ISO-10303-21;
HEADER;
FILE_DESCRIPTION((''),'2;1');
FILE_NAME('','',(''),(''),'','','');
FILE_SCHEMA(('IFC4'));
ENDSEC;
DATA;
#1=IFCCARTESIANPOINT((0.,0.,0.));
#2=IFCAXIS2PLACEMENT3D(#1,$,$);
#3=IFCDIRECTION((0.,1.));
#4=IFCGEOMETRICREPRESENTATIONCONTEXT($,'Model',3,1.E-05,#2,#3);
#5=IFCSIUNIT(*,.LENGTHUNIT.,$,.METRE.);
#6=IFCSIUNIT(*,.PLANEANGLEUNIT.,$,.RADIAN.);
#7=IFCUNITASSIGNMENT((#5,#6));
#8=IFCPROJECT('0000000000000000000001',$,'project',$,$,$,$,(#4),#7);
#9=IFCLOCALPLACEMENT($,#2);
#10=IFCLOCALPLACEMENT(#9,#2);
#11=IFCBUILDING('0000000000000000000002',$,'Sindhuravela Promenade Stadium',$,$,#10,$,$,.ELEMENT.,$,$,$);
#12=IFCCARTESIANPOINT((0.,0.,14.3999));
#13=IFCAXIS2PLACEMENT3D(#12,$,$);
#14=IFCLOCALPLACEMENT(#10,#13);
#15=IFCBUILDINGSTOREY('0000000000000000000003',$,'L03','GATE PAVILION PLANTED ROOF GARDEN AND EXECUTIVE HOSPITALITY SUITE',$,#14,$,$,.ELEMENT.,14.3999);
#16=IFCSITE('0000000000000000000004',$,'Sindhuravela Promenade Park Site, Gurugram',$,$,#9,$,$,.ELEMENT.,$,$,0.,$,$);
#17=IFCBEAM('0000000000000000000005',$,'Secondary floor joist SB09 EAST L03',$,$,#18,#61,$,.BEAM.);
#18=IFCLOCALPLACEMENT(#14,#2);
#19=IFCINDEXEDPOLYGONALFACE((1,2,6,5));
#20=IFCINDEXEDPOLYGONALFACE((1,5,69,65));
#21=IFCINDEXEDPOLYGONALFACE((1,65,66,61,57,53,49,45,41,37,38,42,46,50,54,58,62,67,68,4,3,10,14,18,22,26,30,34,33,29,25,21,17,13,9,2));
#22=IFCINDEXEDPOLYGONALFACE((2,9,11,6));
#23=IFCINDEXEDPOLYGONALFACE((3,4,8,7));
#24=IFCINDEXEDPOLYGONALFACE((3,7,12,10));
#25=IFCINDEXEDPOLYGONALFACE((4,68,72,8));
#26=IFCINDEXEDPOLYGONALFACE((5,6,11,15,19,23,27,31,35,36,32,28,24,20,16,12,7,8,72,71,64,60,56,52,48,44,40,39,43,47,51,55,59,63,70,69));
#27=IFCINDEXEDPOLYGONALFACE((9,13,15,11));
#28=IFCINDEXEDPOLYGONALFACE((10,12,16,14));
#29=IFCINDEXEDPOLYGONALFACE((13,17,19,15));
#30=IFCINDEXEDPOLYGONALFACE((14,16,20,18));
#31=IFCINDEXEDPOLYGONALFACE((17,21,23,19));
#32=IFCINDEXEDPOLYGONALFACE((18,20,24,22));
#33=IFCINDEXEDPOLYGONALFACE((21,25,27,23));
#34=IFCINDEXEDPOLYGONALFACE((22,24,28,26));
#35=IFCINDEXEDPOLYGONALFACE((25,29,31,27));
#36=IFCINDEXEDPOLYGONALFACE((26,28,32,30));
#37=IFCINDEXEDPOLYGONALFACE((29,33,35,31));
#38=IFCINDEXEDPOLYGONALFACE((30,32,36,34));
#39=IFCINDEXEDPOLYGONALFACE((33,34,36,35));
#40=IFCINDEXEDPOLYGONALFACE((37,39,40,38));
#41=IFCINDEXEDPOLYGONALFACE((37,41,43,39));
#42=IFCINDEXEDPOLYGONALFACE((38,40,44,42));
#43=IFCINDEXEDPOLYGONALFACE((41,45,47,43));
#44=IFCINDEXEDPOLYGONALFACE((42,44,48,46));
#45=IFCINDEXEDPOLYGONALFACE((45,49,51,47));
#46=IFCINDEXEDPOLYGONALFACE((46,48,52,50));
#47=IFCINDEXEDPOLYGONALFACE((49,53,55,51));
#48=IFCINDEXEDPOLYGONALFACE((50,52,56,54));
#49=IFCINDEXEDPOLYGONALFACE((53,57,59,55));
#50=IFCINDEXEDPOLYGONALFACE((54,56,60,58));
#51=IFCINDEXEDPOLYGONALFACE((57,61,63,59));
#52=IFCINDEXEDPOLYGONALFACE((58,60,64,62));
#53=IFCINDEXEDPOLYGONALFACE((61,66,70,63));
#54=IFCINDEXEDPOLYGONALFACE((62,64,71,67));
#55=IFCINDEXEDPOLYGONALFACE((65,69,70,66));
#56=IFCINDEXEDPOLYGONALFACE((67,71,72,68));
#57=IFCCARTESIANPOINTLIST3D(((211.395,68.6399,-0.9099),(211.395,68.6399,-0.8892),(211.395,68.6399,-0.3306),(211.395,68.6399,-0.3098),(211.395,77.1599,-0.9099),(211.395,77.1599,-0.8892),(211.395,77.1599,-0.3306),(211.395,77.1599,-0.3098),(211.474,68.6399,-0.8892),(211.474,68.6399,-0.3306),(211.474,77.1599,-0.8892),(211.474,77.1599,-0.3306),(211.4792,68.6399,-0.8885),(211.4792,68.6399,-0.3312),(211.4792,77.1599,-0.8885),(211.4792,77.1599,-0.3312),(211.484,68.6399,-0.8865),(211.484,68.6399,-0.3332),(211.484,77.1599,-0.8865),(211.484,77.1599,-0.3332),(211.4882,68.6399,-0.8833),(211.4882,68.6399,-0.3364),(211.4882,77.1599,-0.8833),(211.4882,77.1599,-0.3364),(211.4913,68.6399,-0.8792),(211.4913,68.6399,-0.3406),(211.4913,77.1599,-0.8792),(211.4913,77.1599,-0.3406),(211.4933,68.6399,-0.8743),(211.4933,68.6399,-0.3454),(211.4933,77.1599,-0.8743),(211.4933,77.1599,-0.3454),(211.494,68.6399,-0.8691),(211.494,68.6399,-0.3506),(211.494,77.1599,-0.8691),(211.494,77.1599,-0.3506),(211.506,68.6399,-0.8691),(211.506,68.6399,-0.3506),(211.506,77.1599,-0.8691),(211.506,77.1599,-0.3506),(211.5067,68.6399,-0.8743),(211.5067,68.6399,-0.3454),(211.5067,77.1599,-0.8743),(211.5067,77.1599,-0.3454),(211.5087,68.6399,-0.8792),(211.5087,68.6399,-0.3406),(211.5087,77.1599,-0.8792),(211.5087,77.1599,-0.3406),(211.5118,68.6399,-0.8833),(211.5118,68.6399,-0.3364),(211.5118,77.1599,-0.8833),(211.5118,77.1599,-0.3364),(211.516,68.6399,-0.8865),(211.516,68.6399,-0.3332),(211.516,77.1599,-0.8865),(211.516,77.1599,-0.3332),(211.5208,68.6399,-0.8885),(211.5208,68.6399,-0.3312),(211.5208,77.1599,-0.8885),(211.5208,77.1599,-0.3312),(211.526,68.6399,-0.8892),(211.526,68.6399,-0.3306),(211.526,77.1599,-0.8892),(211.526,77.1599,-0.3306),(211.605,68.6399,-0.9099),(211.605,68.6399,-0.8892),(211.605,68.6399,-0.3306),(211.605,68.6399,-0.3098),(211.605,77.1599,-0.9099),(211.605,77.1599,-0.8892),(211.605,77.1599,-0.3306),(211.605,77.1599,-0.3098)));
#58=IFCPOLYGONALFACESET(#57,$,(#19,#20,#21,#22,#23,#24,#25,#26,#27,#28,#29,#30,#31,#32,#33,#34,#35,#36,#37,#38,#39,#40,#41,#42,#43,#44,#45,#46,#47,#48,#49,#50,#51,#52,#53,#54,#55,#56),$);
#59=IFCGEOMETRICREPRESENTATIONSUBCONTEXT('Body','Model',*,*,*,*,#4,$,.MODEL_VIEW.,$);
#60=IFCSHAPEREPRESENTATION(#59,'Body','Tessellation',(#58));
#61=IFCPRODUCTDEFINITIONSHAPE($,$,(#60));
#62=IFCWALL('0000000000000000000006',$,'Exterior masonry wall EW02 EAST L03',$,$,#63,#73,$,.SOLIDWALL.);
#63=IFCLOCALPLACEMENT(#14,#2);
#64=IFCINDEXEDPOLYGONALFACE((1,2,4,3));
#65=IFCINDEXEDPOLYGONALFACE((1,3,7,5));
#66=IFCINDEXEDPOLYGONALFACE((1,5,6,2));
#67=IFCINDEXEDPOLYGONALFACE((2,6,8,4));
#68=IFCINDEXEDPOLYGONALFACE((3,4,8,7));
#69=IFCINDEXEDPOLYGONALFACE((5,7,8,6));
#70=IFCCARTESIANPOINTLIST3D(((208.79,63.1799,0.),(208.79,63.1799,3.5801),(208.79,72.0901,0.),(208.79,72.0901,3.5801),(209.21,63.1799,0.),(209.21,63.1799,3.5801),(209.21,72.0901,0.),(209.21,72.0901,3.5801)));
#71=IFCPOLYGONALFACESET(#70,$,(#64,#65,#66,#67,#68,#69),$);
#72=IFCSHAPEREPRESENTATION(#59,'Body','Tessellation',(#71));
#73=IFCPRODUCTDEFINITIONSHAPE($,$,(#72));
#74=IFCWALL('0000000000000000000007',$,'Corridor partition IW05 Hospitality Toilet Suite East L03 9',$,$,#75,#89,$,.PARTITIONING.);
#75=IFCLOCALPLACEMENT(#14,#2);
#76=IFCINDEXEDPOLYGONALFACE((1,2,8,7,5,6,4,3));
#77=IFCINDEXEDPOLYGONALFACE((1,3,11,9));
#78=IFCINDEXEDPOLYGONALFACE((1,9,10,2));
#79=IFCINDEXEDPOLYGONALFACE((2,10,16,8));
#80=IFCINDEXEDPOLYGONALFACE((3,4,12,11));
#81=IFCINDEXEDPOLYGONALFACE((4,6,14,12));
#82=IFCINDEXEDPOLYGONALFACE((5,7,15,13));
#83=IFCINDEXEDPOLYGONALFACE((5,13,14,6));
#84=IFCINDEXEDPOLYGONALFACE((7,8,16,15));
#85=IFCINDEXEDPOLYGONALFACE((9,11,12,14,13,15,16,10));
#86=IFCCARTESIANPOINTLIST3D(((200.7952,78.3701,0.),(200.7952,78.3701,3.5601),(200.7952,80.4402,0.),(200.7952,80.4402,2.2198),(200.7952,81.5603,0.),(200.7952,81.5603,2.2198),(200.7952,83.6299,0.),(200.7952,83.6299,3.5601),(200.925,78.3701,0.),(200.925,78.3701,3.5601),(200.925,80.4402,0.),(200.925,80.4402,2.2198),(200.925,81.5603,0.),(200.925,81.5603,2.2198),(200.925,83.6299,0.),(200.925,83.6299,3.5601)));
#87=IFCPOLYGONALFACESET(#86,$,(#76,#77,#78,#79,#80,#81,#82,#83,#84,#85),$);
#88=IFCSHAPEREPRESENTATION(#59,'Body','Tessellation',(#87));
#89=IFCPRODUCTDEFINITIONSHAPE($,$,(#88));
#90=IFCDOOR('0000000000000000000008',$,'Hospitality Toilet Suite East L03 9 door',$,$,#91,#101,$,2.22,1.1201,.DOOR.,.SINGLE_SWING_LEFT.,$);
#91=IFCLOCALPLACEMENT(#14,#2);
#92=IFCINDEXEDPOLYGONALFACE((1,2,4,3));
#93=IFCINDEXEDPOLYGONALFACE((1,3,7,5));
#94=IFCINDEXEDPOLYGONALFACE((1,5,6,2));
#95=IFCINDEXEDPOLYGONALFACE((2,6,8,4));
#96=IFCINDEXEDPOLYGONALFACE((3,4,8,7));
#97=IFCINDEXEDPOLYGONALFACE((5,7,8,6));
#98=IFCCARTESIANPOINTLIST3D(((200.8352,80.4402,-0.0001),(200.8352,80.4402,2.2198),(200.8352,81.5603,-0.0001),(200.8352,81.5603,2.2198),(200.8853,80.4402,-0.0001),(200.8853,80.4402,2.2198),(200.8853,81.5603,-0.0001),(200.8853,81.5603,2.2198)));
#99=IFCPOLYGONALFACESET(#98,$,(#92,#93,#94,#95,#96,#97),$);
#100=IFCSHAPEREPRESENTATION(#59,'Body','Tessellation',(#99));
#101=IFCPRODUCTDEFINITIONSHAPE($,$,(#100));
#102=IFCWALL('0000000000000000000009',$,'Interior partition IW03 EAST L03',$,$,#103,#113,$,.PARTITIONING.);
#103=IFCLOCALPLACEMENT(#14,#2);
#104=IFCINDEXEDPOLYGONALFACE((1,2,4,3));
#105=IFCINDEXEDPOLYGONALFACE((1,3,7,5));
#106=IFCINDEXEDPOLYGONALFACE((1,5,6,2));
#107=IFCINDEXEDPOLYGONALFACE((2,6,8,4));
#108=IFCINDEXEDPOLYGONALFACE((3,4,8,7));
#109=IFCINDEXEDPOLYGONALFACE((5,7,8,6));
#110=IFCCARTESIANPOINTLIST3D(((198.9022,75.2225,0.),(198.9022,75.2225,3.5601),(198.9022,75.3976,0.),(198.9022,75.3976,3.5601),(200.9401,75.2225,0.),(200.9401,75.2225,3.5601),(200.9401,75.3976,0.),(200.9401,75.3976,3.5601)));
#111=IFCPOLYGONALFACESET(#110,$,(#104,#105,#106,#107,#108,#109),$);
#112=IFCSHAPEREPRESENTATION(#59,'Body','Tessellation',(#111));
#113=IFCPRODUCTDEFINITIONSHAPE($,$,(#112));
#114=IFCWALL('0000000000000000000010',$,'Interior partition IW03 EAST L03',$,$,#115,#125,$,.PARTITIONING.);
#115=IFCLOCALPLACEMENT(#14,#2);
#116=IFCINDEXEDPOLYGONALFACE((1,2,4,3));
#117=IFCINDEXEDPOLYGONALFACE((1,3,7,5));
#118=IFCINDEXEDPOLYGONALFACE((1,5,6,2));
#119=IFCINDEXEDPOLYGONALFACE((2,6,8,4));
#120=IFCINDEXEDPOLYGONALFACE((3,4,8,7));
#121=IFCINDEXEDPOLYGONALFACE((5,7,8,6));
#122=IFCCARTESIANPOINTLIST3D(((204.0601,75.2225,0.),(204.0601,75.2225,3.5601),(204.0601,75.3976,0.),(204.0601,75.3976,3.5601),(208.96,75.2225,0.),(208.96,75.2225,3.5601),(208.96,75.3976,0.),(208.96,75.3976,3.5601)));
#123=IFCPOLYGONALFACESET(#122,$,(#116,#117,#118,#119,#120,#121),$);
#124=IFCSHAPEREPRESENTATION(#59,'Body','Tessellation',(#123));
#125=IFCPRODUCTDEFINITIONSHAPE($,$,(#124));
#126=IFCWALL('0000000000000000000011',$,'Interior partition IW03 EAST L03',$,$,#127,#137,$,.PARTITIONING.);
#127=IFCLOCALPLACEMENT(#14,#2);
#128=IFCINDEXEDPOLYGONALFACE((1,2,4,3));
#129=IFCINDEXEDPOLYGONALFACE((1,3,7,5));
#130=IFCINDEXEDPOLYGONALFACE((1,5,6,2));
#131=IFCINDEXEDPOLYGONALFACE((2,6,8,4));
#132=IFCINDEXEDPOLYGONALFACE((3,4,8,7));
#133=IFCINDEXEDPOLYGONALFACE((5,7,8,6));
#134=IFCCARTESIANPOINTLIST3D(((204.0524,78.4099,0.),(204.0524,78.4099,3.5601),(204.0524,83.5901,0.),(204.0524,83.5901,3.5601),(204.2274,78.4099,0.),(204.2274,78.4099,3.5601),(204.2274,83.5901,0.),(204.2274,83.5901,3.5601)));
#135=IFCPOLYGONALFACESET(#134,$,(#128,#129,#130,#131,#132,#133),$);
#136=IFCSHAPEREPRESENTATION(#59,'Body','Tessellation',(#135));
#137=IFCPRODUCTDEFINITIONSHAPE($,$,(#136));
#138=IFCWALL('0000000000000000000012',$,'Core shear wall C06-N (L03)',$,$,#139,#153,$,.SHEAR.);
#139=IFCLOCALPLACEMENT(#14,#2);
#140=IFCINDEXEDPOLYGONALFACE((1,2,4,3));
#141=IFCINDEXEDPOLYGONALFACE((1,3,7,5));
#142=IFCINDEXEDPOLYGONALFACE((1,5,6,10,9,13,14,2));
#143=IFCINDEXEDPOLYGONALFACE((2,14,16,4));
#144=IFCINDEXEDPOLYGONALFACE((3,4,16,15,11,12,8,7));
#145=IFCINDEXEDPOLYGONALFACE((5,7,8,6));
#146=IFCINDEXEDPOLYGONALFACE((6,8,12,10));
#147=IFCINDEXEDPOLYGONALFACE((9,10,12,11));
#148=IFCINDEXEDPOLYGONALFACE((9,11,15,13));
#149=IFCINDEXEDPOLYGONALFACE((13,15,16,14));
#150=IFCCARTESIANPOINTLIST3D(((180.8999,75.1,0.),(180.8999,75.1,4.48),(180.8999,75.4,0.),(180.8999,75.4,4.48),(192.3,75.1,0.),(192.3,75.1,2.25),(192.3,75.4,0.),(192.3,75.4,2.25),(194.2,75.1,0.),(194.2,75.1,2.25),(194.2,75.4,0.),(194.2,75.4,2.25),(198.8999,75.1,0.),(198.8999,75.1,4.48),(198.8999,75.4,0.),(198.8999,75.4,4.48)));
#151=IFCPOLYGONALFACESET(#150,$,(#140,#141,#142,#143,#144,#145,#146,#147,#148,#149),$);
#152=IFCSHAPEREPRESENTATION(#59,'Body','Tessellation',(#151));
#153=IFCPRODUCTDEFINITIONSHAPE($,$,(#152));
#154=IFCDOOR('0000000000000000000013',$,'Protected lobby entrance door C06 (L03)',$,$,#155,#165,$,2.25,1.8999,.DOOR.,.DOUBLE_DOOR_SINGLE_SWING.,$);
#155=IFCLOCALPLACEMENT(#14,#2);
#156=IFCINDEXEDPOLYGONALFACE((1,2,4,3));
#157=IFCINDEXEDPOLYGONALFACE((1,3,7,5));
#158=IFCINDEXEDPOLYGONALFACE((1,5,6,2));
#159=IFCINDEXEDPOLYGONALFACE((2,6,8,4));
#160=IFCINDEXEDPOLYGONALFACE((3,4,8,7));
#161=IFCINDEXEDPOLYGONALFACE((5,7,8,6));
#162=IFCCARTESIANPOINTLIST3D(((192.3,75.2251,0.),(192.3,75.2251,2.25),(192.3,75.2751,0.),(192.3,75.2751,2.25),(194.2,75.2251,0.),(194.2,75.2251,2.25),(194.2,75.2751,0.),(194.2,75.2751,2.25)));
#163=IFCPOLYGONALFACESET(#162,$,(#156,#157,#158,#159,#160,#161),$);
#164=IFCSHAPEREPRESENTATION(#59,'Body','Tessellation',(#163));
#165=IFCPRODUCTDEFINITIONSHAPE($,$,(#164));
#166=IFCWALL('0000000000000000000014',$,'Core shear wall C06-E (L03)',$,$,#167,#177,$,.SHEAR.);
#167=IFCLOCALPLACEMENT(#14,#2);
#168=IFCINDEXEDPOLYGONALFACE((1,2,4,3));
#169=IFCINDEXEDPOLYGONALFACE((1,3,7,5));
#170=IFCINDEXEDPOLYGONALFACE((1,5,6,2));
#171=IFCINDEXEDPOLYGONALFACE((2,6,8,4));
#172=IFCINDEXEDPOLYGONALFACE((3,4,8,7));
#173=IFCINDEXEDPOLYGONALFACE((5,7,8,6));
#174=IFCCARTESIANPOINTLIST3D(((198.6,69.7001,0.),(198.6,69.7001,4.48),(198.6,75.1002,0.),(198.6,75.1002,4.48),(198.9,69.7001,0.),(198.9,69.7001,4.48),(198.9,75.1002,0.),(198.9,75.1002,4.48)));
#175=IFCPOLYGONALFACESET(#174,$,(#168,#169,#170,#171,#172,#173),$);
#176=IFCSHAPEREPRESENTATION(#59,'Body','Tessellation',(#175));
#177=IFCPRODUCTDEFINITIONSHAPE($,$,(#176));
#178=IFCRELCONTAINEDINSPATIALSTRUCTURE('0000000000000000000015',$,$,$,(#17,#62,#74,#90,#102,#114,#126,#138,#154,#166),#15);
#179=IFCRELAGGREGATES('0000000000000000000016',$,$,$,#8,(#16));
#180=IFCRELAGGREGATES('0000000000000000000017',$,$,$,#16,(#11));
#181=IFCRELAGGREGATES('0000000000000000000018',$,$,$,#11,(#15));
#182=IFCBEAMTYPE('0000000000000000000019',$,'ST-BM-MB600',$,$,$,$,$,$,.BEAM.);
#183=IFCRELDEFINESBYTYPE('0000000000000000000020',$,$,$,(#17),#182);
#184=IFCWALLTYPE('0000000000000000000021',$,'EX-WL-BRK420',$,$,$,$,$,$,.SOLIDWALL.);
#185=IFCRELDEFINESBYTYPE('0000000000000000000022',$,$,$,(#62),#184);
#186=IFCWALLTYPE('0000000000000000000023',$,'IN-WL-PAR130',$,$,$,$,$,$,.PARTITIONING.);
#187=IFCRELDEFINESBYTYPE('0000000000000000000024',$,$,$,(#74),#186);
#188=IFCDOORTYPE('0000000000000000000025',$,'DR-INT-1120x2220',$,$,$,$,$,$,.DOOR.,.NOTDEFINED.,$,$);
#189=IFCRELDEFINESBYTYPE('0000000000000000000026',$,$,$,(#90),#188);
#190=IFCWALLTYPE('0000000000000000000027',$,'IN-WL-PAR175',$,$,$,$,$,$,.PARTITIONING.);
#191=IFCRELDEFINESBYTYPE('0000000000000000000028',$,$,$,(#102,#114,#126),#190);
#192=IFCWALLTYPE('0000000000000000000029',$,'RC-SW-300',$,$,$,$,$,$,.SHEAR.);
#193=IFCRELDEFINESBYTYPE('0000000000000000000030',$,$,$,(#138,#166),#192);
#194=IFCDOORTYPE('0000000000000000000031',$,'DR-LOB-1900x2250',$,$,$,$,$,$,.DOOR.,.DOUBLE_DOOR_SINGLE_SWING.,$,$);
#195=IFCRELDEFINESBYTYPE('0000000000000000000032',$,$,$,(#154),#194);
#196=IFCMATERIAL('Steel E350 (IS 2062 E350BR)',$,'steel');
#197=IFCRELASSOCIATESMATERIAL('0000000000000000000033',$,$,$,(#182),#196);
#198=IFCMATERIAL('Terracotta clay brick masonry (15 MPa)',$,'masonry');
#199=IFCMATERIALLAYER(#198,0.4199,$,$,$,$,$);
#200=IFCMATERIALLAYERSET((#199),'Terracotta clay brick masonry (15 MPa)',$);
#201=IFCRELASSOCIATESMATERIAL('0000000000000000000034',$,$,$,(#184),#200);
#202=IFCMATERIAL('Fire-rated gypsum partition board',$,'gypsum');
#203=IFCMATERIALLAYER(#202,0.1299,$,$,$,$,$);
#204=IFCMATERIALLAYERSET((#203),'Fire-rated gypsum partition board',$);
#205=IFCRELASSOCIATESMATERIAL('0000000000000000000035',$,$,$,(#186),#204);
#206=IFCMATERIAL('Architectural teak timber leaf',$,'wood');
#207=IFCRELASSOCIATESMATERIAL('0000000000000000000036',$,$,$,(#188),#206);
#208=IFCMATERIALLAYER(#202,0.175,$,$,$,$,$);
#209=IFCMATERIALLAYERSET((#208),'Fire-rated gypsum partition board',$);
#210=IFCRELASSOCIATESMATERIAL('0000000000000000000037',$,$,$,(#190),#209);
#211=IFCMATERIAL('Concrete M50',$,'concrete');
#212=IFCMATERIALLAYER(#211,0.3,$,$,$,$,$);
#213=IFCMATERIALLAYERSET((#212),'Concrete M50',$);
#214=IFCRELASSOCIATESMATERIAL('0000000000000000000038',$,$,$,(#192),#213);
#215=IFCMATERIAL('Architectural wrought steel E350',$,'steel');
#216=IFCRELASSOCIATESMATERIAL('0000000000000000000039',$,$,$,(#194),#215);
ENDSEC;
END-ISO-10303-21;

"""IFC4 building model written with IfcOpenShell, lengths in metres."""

from ifc_helpers import new_model, si_unit, direction, frame, frame_2d, origin, origin_2d, place, context, subcontext, project, spatial, rectangle, i_section, extrude, material, layer, layer_set, material_profile, profile_set, type_object, element, fill, save


model = new_model("IFC4")

# Units and contexts
model_context = context("Model", 3, precision=1e-05, world=origin(), true_north=direction((0.0, 1.0)))
body_context = subcontext(model_context, "Body", "Model", "MODEL_VIEW")
ifc_project = project(units=[si_unit("LENGTHUNIT", "METRE"), si_unit("PLANEANGLEUNIT", "RADIAN")], contexts=[model_context])

# Site, building, storey
site_placement = place(None, origin())
site = spatial("IfcSite", under=ifc_project, at=site_placement, Name="Sindhuravela Promenade Park Site, Gurugram", CompositionType="ELEMENT", RefElevation=0.0)
building_placement = place(site_placement, origin())
building = spatial("IfcBuilding", under=site, at=building_placement, Name="Sindhuravela Promenade Stadium", CompositionType="ELEMENT")
storey_placement = place(building_placement, frame((0.0, 0.0, 14.3999)))
storey = spatial("IfcBuildingStorey", under=building, at=storey_placement, Name="L03", Description="GATE PAVILION PLANTED ROOF GARDEN AND EXECUTIVE HOSPITALITY SUITE", CompositionType="ELEMENT", Elevation=14.3999)

# Beam
ifc_material_1 = material(Name="Steel E350 (IS 2062 E350BR)", Category="steel")
ifc_material_profile_1 = material_profile(ifc_material_1, i_section(OverallWidth=0.21, OverallDepth=0.6001, WebThickness=0.012, FlangeThickness=0.0208, FilletRadius=0.02, at=origin_2d()), Name="ISMB 600")
ifc_profile_set_1 = profile_set([ifc_material_profile_1], Name="Steel E350 (IS 2062 E350BR)")
beam_type_1 = type_object("IfcBeamType", Name="ST-BM-MB600", PredefinedType="BEAM", material=ifc_profile_set_1)
beam_1_placement = place(storey_placement, frame((211.5, 68.6399, -0.6099), z_axis=(0.0, 1.0, 0.0), x_axis=(-1.0, 0.0, 0.0)))
element("IfcBeam", 1, at=beam_1_placement, inside=storey, type_object=beam_type_1, Name="Secondary floor joist SB09 EAST L03", PredefinedType="BEAM", context=body_context, shape_type="SweptSolid", body=[
    extrude(i_section(OverallWidth=0.21, OverallDepth=0.6001, WebThickness=0.012, FlangeThickness=0.0208, FilletRadius=0.02, at=origin_2d()), origin(), (0.0, 0.0, 1.0), 8.52),
])

# Wall
ifc_material_2 = material(Name="Terracotta clay brick masonry (15 MPa)", Category="masonry")
ifc_layer_1 = layer(ifc_material_2, 0.4199)
ifc_layer_set_1 = layer_set([ifc_layer_1], Name="Terracotta clay brick masonry (15 MPa)")
wall_type_1 = type_object("IfcWallType", Name="EX-WL-BRK420", PredefinedType="SOLIDWALL", material=ifc_layer_set_1)
wall_1_placement = place(storey_placement, frame((209.0, 72.0901, 0.0), z_axis=(0.0, 0.0, 1.0), x_axis=(0.0, -1.0, 0.0)))
element("IfcWall", 2, at=wall_1_placement, inside=storey, type_object=wall_type_1, Name="Exterior masonry wall EW02 EAST L03", PredefinedType="SOLIDWALL", context=body_context, shape_type="SweptSolid", body=[
    extrude(rectangle(XDim=8.9102, YDim=0.4199, at=frame_2d((4.4551, 0.0))), origin(), (0.0, 0.0, 1.0), 3.5801),
])

# Wall, opening, door
ifc_material_3 = material(Name="Fire-rated gypsum partition board", Category="gypsum")
ifc_layer_2 = layer(ifc_material_3, 0.1299)
ifc_layer_set_2 = layer_set([ifc_layer_2], Name="Fire-rated gypsum partition board")
wall_type_2 = type_object("IfcWallType", Name="IN-WL-PAR130", PredefinedType="PARTITIONING", material=ifc_layer_set_2)
wall_2_placement = place(storey_placement, frame((200.8601, 78.3701, 0.0), z_axis=(0.0, 0.0, 1.0), x_axis=(0.0, 1.0, 0.0)))
wall_2 = element("IfcWall", 3, at=wall_2_placement, inside=storey, type_object=wall_type_2, Name="Corridor partition IW05 Hospitality Toilet Suite East L03 9", PredefinedType="PARTITIONING", context=body_context, shape_type="SweptSolid", body=[
    extrude(rectangle(XDim=5.2598, YDim=0.1299, at=frame_2d((2.6299, 0.0))), origin(), (0.0, 0.0, 1.0), 3.5601),
])
opening_1_placement = place(wall_2_placement, frame((2.0701, 0.0, 0.0)))
opening_1 = element("IfcOpeningElement", 4, at=opening_1_placement, cuts=wall_2, PredefinedType="OPENING", context=body_context, shape_type="SweptSolid", body=[
    extrude(rectangle(XDim=1.1201, YDim=2.22, at=frame_2d((0.5601, 1.1099))), frame((0.0, 0.075, 0.0), z_axis=(0.0, -1.0, 0.0), x_axis=(1.0, 0.0, 0.0)), (0.0, 0.0, 1.0), 0.1499),
])
ifc_material_4 = material(Name="Architectural teak timber leaf", Category="wood")
door_type_1 = type_object("IfcDoorType", Name="DR-INT-1120x2220", OperationType="NOTDEFINED", PredefinedType="DOOR", material=ifc_material_4)
door_1_placement = place(opening_1_placement, origin())
door_1 = element("IfcDoor", 5, at=door_1_placement, inside=storey, type_object=door_type_1, Name="Hospitality Toilet Suite East L03 9 door", OperationType="SINGLE_SWING_LEFT", OverallHeight=2.22, OverallWidth=1.1201, PredefinedType="DOOR", context=body_context, shape_type="SweptSolid", body=[
    extrude(rectangle(XDim=1.1201, YDim=2.22, at=frame_2d((0.5601, 1.1099))), frame((0.0, 0.0249, 0.0), z_axis=(0.0, -1.0, 0.0), x_axis=(1.0, 0.0, 0.0)), (0.0, 0.0, 1.0), 0.05),
])
fill(opening_1, door_1)

# Walls
ifc_layer_3 = layer(ifc_material_3, 0.175)
ifc_layer_set_3 = layer_set([ifc_layer_3], Name="Fire-rated gypsum partition board")
wall_type_3 = type_object("IfcWallType", Name="IN-WL-PAR175", PredefinedType="PARTITIONING", material=ifc_layer_set_3)
wall_3_placement = place(storey_placement, frame((198.9021, 75.3101, 0.0), z_axis=(0.0, 0.0, 1.0), x_axis=(1.0, 0.0, 0.0)))
element("IfcWall", 6, at=wall_3_placement, inside=storey, type_object=wall_type_3, Name="Interior partition IW03 EAST L03", PredefinedType="PARTITIONING", context=body_context, shape_type="SweptSolid", body=[
    extrude(rectangle(XDim=2.0378, YDim=0.175, at=frame_2d((1.019, 0.0))), origin(), (0.0, 0.0, 1.0), 3.5601),
])
wall_4_placement = place(storey_placement, frame((204.0601, 75.3101, 0.0), z_axis=(0.0, 0.0, 1.0), x_axis=(1.0, 0.0, 0.0)))
element("IfcWall", 7, at=wall_4_placement, inside=storey, type_object=wall_type_3, Name="Interior partition IW03 EAST L03", PredefinedType="PARTITIONING", context=body_context, shape_type="SweptSolid", body=[
    extrude(rectangle(XDim=4.8999, YDim=0.175, at=frame_2d((2.45, 0.0))), origin(), (0.0, 0.0, 1.0), 3.5601),
])
wall_5_placement = place(storey_placement, frame((204.1399, 78.4099, 0.0), z_axis=(0.0, 0.0, 1.0), x_axis=(0.0, 1.0, 0.0)))
element("IfcWall", 8, at=wall_5_placement, inside=storey, type_object=wall_type_3, Name="Interior partition IW03 EAST L03", PredefinedType="PARTITIONING", context=body_context, shape_type="SweptSolid", body=[
    extrude(rectangle(XDim=5.1802, YDim=0.175, at=frame_2d((2.5901, 0.0))), origin(), (0.0, 0.0, 1.0), 3.5601),
])

# Wall, opening, door
ifc_material_5 = material(Name="Concrete M50", Category="concrete")
ifc_layer_4 = layer(ifc_material_5, 0.3)
ifc_layer_set_4 = layer_set([ifc_layer_4], Name="Concrete M50")
wall_type_4 = type_object("IfcWallType", Name="RC-SW-300", PredefinedType="SHEAR", material=ifc_layer_set_4)
wall_6_placement = place(storey_placement, frame((198.8999, 75.25, 0.0), z_axis=(0.0, 0.0, 1.0), x_axis=(-1.0, 0.0, 0.0)))
wall_6 = element("IfcWall", 9, at=wall_6_placement, inside=storey, type_object=wall_type_4, Name="Core shear wall C06-N (L03)", PredefinedType="SHEAR", context=body_context, shape_type="SweptSolid", body=[
    extrude(rectangle(XDim=18.0, YDim=0.3, at=frame_2d((9.0, 0.0))), origin(), (0.0, 0.0, 1.0), 4.48),
])
opening_2_placement = place(wall_6_placement, frame((4.7, 0.0, 0.0)))
opening_2 = element("IfcOpeningElement", 10, at=opening_2_placement, cuts=wall_6, PredefinedType="OPENING", context=body_context, shape_type="SweptSolid", body=[
    extrude(rectangle(XDim=1.8999, YDim=2.25, at=frame_2d((0.95, 1.125))), frame((0.0, 0.1599, 0.0), z_axis=(0.0, -1.0, 0.0), x_axis=(1.0, 0.0, 0.0)), (0.0, 0.0, 1.0), 0.3201),
])
ifc_material_6 = material(Name="Architectural wrought steel E350", Category="steel")
door_type_2 = type_object("IfcDoorType", Name="DR-LOB-1900x2250", OperationType="DOUBLE_DOOR_SINGLE_SWING", PredefinedType="DOOR", material=ifc_material_6)
door_2_placement = place(opening_2_placement, origin())
door_2 = element("IfcDoor", 11, at=door_2_placement, inside=storey, type_object=door_type_2, Name="Protected lobby entrance door C06 (L03)", OperationType="DOUBLE_DOOR_SINGLE_SWING", OverallHeight=2.25, OverallWidth=1.8999, PredefinedType="DOOR", context=body_context, shape_type="SweptSolid", body=[
    extrude(rectangle(XDim=1.8999, YDim=2.25, at=frame_2d((0.95, 1.125))), frame((0.0, 0.0249, 0.0), z_axis=(0.0, -1.0, 0.0), x_axis=(1.0, 0.0, 0.0)), (0.0, 0.0, 1.0), 0.05),
])
fill(opening_2, door_2)

# Wall
wall_7_placement = place(storey_placement, frame((198.75, 69.7, 0.0), z_axis=(0.0, 0.0, 1.0), x_axis=(0.0, 1.0, 0.0)))
element("IfcWall", 12, at=wall_7_placement, inside=storey, type_object=wall_type_4, Name="Core shear wall C06-E (L03)", PredefinedType="SHEAR", context=body_context, shape_type="SweptSolid", body=[
    extrude(rectangle(XDim=5.4001, YDim=0.3, at=frame_2d((2.7002, 0.0))), origin(), (0.0, 0.0, 1.0), 4.48),
])

save(model, "model.ifc")
